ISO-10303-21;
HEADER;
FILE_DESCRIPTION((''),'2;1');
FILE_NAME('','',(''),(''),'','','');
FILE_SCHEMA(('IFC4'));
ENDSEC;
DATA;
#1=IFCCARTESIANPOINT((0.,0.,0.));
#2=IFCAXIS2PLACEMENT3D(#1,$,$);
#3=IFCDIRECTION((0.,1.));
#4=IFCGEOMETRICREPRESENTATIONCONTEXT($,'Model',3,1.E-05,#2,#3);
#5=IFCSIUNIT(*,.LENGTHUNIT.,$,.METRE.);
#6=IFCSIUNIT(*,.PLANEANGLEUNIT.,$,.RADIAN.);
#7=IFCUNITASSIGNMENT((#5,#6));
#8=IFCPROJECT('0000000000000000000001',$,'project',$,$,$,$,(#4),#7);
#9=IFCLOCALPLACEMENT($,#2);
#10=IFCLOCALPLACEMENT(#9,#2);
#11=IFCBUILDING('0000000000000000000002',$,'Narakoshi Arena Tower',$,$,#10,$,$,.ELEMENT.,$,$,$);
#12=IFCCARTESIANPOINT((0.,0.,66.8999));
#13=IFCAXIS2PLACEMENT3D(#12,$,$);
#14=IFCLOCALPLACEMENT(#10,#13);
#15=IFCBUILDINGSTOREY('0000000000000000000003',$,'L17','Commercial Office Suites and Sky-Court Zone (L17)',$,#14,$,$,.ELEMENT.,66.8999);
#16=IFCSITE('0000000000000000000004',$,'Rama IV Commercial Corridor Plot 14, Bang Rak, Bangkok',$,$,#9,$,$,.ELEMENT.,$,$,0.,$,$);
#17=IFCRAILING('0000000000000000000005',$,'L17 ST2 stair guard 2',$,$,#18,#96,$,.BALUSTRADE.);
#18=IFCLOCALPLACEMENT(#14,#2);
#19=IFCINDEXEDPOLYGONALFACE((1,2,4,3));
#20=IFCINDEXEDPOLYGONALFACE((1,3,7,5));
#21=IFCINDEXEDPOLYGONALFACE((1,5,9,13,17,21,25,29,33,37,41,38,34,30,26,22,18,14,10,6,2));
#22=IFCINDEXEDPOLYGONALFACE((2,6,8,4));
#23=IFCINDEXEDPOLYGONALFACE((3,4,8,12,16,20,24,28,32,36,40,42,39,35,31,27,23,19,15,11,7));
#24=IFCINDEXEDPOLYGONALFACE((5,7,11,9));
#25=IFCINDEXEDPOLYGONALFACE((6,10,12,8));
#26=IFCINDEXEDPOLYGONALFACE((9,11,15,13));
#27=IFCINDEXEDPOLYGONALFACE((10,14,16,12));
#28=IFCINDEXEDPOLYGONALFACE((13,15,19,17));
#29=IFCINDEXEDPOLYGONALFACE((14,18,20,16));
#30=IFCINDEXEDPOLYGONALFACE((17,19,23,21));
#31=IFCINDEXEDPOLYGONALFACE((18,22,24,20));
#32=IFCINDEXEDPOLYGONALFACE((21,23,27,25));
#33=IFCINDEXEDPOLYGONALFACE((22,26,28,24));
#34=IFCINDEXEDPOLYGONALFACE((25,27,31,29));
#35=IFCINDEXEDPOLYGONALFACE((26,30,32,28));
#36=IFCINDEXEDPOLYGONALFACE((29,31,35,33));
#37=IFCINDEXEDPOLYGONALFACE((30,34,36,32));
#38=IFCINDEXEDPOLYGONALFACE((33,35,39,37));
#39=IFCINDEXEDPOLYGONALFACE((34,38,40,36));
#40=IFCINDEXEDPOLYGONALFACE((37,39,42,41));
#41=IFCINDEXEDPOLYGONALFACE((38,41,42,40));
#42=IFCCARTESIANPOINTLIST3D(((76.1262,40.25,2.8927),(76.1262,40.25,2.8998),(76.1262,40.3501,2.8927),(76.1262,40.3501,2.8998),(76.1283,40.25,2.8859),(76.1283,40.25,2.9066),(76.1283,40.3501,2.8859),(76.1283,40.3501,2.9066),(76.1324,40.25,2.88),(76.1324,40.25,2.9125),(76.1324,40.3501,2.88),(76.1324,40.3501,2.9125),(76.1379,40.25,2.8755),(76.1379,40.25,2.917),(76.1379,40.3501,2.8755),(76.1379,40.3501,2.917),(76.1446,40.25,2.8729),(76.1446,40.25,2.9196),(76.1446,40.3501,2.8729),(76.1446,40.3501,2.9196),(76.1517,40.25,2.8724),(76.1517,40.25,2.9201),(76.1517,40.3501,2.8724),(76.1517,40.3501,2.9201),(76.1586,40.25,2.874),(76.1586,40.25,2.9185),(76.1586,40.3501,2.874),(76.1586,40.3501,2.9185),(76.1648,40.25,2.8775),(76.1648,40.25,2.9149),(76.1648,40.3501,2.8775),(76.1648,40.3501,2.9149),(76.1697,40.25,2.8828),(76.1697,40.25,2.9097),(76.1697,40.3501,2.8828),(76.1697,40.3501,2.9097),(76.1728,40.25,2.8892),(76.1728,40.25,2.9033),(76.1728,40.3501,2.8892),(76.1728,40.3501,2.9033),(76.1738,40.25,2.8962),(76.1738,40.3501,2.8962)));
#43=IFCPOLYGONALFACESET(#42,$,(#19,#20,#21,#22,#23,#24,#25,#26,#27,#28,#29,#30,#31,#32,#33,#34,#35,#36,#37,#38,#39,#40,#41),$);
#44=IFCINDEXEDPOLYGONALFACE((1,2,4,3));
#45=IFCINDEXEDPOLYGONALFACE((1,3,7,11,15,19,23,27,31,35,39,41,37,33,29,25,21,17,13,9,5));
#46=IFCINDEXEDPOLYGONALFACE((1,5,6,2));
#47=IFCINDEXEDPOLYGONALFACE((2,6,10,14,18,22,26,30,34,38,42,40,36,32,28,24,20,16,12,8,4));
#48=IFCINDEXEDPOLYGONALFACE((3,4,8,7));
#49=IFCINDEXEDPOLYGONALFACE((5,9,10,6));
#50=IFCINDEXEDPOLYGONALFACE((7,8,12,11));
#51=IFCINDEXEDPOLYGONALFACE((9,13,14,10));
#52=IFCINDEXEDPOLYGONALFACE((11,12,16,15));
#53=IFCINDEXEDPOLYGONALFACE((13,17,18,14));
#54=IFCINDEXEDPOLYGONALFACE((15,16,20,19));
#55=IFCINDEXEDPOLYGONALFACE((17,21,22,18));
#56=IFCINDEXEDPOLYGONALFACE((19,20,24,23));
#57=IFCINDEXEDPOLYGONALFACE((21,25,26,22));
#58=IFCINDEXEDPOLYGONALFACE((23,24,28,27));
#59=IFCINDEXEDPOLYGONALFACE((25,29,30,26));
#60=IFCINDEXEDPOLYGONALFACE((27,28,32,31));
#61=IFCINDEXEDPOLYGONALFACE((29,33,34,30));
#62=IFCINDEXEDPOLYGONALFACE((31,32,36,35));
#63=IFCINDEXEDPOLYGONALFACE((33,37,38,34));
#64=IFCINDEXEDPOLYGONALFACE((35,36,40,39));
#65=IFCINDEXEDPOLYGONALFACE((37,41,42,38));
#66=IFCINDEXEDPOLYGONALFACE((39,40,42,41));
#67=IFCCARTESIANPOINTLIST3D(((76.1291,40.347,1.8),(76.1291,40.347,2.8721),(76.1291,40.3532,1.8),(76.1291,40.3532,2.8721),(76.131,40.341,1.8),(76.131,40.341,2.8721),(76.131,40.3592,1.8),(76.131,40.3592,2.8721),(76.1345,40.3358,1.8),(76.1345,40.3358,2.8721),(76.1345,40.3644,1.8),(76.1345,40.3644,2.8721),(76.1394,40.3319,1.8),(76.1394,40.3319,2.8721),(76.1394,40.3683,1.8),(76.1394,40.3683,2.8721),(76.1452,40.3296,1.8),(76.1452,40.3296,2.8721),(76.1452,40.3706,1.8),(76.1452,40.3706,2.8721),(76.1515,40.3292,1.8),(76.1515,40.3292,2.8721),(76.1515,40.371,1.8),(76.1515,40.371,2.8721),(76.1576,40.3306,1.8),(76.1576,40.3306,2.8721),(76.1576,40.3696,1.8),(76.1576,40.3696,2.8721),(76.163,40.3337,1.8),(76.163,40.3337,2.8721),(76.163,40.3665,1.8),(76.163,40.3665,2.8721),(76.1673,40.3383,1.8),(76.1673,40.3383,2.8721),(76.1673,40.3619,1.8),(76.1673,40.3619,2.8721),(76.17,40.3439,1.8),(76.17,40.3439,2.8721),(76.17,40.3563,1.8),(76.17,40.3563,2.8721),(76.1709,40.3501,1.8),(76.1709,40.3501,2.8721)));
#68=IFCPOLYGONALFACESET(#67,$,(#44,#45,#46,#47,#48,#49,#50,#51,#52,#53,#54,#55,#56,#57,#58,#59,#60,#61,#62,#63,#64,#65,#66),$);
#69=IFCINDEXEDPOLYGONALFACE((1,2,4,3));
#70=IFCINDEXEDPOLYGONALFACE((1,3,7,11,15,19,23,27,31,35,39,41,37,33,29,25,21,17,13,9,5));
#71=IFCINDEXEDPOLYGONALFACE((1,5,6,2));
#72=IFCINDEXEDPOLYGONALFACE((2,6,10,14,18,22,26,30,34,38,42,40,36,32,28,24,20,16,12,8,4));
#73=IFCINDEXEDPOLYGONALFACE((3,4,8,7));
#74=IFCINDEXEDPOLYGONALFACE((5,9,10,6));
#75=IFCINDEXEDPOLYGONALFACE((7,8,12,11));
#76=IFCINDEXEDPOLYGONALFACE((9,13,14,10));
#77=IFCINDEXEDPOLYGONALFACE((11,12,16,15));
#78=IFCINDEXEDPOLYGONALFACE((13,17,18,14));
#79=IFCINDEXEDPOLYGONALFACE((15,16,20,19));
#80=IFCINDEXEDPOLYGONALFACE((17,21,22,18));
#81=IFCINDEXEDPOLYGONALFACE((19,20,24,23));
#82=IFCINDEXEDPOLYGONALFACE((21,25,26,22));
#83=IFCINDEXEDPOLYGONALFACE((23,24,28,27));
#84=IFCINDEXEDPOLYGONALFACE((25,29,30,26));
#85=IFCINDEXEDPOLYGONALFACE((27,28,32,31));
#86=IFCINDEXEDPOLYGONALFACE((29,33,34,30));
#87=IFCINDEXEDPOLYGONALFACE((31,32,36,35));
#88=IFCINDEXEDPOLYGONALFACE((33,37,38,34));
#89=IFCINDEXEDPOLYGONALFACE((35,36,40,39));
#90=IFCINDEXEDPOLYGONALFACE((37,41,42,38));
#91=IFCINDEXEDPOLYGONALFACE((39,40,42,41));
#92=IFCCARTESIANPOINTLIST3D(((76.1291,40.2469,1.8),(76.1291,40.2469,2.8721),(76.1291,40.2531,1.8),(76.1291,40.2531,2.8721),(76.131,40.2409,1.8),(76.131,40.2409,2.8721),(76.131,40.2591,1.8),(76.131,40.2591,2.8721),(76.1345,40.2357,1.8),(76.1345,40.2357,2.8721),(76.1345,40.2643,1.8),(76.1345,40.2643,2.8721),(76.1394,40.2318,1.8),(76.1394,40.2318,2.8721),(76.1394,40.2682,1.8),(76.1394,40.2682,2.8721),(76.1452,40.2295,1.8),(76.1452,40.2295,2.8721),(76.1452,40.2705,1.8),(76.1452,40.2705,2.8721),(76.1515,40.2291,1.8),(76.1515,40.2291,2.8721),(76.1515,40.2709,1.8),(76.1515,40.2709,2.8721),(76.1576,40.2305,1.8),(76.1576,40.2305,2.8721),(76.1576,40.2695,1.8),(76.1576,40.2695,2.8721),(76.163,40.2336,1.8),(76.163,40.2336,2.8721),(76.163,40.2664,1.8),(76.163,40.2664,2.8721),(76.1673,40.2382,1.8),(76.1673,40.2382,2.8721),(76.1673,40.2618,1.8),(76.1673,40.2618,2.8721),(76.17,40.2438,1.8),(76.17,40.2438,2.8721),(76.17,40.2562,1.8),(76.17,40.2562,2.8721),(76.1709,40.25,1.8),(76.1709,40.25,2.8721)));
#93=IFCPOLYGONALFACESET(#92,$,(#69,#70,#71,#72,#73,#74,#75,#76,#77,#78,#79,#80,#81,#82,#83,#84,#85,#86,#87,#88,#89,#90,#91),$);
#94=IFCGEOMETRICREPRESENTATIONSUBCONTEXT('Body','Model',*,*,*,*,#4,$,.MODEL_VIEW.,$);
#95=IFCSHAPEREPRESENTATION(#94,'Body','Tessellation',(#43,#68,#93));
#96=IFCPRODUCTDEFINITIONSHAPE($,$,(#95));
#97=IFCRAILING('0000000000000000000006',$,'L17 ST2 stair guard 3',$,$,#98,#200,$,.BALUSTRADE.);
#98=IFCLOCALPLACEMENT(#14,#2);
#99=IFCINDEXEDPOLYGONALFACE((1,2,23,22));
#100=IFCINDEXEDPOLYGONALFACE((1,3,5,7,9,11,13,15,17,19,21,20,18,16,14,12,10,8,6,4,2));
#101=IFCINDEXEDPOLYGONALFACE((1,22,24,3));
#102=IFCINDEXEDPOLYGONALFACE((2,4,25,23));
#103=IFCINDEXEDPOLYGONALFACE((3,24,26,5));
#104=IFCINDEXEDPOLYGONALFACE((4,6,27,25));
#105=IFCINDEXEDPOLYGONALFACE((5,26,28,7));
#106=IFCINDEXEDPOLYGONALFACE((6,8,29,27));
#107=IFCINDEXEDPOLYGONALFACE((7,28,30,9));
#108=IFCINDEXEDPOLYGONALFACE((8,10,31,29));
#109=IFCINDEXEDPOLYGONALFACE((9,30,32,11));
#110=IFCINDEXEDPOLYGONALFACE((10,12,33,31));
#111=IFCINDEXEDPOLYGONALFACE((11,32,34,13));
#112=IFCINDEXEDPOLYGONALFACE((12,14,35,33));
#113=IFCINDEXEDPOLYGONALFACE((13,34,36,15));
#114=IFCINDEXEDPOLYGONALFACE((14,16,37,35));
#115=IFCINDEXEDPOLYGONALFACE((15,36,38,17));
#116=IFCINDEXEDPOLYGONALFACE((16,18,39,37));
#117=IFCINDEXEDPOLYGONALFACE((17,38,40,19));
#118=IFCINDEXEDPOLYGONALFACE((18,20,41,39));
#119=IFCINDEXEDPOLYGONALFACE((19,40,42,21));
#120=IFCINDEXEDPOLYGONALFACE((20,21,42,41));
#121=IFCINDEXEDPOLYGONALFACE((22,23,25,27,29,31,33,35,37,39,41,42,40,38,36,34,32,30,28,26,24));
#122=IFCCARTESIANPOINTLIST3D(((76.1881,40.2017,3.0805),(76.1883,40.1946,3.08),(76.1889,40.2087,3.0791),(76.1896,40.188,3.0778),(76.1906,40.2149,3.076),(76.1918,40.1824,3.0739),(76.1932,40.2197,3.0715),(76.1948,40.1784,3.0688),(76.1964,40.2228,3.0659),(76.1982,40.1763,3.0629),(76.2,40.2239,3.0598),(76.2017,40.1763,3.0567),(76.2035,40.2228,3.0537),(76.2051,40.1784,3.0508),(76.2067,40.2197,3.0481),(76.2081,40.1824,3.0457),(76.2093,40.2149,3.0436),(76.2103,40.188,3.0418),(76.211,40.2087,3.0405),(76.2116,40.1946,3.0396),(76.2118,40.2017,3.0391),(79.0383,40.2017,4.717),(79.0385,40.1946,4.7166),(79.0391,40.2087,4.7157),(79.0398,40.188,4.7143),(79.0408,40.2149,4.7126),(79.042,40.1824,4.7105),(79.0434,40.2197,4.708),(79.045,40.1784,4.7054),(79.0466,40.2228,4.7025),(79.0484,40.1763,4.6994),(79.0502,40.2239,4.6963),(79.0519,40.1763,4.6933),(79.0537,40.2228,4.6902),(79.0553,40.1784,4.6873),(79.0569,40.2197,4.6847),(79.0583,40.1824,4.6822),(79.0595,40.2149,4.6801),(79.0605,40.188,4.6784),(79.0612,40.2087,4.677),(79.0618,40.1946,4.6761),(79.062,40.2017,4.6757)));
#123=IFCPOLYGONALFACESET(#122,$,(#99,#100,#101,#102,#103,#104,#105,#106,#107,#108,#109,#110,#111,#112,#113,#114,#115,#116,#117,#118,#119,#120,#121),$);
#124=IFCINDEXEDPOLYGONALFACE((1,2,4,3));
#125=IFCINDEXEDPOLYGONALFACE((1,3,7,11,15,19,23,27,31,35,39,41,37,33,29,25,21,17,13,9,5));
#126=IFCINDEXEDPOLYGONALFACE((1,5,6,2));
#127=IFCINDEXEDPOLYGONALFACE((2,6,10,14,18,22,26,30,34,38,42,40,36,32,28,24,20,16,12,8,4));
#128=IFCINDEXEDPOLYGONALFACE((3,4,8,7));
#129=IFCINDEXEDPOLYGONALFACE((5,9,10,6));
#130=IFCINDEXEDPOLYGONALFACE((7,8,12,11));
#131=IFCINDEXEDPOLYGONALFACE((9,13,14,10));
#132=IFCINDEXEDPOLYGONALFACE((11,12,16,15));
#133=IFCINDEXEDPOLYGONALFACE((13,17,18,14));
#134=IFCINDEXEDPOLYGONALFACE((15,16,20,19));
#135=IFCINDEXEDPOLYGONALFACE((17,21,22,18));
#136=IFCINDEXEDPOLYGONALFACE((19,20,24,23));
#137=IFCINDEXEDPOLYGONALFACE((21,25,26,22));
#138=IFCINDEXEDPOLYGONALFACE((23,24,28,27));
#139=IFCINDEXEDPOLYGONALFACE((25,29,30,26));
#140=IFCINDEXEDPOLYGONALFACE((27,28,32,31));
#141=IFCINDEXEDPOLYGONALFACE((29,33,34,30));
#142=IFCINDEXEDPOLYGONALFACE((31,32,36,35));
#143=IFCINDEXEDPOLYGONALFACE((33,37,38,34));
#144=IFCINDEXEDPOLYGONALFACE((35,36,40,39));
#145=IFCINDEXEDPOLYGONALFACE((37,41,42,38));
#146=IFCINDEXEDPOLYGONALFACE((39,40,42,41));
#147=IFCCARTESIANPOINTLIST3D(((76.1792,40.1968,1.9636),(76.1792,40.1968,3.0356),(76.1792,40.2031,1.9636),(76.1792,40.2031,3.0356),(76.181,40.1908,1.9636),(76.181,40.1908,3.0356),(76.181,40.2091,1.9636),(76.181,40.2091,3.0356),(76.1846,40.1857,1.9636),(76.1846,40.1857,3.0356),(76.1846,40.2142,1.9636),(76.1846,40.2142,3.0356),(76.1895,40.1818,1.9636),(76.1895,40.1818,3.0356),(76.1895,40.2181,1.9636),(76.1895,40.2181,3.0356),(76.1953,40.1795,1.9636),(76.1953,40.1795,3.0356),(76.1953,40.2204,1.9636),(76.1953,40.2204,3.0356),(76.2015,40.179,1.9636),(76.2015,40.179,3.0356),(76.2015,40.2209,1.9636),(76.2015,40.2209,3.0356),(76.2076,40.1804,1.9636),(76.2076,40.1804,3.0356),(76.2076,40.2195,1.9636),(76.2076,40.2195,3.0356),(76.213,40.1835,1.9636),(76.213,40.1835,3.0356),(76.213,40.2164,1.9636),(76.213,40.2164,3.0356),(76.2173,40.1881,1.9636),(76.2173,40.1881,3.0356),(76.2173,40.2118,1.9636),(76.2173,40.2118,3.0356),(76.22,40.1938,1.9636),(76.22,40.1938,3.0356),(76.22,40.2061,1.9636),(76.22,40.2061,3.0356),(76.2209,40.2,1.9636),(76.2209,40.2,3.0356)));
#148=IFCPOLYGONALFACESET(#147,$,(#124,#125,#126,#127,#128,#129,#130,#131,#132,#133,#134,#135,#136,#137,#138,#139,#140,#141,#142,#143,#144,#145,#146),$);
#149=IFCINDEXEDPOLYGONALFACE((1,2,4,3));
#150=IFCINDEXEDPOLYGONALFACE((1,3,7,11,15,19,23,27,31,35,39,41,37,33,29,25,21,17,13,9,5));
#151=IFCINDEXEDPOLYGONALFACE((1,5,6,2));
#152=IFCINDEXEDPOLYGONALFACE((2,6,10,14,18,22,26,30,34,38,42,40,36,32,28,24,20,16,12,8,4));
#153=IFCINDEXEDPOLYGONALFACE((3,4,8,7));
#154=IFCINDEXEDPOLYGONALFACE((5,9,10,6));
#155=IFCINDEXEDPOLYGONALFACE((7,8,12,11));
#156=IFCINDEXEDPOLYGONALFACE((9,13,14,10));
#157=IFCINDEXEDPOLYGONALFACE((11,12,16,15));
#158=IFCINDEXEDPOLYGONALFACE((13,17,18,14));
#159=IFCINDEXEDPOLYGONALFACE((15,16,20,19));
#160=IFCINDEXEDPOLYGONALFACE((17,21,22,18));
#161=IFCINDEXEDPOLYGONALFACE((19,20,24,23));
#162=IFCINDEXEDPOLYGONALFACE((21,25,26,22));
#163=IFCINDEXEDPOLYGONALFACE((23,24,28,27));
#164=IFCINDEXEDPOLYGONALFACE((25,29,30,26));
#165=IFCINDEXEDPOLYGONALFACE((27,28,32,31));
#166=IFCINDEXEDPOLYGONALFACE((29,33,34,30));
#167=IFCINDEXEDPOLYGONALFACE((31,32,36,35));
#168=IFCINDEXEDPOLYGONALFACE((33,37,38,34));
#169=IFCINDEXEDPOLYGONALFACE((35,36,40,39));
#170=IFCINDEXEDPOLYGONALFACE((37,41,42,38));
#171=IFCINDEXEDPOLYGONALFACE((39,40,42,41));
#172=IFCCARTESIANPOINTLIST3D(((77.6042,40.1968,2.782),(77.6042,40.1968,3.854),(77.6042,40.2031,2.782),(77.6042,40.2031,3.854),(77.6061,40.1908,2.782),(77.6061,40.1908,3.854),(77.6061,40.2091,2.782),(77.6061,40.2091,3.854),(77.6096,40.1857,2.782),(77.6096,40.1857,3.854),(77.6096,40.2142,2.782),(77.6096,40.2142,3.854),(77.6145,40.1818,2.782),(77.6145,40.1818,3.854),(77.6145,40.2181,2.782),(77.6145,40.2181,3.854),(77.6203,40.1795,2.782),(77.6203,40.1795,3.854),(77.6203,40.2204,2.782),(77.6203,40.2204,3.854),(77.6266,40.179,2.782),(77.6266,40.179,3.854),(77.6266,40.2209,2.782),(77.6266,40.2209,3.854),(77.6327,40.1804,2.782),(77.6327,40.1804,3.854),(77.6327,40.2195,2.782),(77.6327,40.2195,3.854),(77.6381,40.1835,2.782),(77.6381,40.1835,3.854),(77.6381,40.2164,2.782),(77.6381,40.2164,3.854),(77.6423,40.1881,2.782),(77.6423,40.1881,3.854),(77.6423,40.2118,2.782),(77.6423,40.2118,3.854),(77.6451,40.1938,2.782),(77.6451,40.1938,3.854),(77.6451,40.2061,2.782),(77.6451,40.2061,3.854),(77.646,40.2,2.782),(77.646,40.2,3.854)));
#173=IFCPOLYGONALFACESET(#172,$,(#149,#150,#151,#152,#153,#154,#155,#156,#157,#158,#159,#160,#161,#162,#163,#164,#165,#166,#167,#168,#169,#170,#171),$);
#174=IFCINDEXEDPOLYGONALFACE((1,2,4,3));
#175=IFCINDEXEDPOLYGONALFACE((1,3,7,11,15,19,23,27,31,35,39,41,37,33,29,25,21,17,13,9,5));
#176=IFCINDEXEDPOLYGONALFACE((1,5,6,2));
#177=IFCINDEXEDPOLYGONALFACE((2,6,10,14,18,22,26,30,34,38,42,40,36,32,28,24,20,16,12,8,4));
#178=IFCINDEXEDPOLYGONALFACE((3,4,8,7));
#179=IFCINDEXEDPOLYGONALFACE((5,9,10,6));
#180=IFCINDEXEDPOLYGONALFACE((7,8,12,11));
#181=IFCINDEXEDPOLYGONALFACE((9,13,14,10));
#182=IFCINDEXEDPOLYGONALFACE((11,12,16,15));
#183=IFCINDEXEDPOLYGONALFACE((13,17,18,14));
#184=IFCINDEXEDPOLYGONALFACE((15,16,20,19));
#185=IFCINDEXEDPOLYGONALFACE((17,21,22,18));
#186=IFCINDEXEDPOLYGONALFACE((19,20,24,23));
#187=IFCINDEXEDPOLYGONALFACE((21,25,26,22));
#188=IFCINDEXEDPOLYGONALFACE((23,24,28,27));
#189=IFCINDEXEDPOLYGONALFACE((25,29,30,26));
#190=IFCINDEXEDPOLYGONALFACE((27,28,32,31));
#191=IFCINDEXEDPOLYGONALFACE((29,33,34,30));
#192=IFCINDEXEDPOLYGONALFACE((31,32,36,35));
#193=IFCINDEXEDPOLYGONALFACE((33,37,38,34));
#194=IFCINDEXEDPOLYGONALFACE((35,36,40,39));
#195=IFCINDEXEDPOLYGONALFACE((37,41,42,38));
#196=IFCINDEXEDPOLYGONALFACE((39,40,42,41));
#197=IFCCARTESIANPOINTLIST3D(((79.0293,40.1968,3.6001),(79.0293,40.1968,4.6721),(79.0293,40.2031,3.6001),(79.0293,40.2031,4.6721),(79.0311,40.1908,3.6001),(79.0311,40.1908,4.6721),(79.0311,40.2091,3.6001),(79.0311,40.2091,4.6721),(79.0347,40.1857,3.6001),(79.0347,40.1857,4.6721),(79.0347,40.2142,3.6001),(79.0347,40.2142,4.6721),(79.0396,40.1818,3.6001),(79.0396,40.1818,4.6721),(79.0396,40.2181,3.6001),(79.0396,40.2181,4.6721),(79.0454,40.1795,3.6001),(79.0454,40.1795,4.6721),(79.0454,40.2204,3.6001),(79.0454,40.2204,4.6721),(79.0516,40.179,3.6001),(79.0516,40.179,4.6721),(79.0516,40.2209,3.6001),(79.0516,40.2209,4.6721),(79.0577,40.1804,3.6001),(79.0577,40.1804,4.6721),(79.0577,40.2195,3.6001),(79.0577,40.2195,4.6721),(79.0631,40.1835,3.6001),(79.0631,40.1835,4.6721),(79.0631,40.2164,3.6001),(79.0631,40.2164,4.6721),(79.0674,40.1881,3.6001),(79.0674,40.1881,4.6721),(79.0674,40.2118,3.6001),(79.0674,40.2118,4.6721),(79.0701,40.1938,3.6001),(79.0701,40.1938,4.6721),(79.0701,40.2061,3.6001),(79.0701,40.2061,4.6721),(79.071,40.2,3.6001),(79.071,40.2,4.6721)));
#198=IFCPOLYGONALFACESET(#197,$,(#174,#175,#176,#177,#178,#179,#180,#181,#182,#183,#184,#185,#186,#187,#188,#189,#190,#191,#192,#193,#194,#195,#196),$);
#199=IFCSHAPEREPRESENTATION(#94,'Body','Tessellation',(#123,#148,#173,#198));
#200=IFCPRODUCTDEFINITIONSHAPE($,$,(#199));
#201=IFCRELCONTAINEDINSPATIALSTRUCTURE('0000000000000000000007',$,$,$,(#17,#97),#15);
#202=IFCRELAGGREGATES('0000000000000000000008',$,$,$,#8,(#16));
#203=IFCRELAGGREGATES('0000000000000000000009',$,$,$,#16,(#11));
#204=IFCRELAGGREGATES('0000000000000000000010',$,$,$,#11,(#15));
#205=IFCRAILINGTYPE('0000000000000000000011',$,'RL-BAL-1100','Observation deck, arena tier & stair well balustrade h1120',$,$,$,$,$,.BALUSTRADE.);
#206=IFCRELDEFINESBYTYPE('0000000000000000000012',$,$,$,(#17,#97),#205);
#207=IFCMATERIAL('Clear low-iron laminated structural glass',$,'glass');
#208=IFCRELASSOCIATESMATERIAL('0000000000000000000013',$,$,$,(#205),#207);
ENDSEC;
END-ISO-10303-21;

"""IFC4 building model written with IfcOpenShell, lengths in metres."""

from ifc_helpers import new_model, si_unit, direction, frame, origin, origin_2d, place, context, subcontext, project, spatial, circle, extrude, material, type_object, element, save


model = new_model("IFC4")

# Units and contexts
model_context = context("Model", 3, precision=1e-05, world=origin(), true_north=direction((0.0, 1.0)))
body_context = subcontext(model_context, "Body", "Model", "MODEL_VIEW")
ifc_project = project(units=[si_unit("LENGTHUNIT", "METRE"), si_unit("PLANEANGLEUNIT", "RADIAN")], contexts=[model_context])

# Site, building, storey
site_placement = place(None, origin())
site = spatial("IfcSite", under=ifc_project, at=site_placement, Name="Rama IV Commercial Corridor Plot 14, Bang Rak, Bangkok", CompositionType="ELEMENT", RefElevation=0.0)
building_placement = place(site_placement, origin())
building = spatial("IfcBuilding", under=site, at=building_placement, Name="Narakoshi Arena Tower", CompositionType="ELEMENT")
storey_placement = place(building_placement, frame((0.0, 0.0, 66.8999)))
storey = spatial("IfcBuildingStorey", under=building, at=storey_placement, Name="L17", Description="Commercial Office Suites and Sky-Court Zone (L17)", CompositionType="ELEMENT", Elevation=66.8999)

# Railings
ifc_material_1 = material(Name="Clear low-iron laminated structural glass", Category="glass")
railing_type_1 = type_object("IfcRailingType", Name="RL-BAL-1100", Description="Observation deck, arena tier & stair well balustrade h1120", PredefinedType="BALUSTRADE", material=ifc_material_1)
railing_1_placement = place(storey_placement, frame((76.1499, 40.3501, 1.8)))
element("IfcRailing", 1, at=railing_1_placement, inside=storey, type_object=railing_type_1, Name="L17 ST2 stair guard 2", PredefinedType="BALUSTRADE", context=body_context, shape_type="SweptSolid", body=[
    extrude(circle(Radius=0.0239, at=origin_2d()), frame((0.0, 0.0, 1.0962), z_axis=(0.0, -1.0, 0.0), x_axis=(1.0, 0.0, 0.0)), (0.0, 0.0, 1.0), 0.1001),
    extrude(circle(Radius=0.021, at=origin_2d()), origin(), (0.0, 0.0, 1.0), 1.072),
    extrude(circle(Radius=0.021, at=origin_2d()), frame((0.0, -0.1001, 0.0)), (0.0, 0.0, 1.0), 1.072),
])
railing_2_placement = place(storey_placement, frame((76.2, 40.2, 1.9636)))
element("IfcRailing", 2, at=railing_2_placement, inside=storey, type_object=railing_type_1, Name="L17 ST2 stair guard 3", PredefinedType="BALUSTRADE", context=body_context, shape_type="SweptSolid", body=[
    extrude(circle(Radius=0.0239, at=origin_2d()), frame((0.0, 0.0, 1.0962), z_axis=(0.867213, 0.0, 0.497938), x_axis=(0.0, 1.0, 0.0)), (0.0, 0.0, 1.0), 3.2866),
    extrude(circle(Radius=0.021, at=origin_2d()), origin(), (0.0, 0.0, 1.0), 1.072),
    extrude(circle(Radius=0.021, at=origin_2d()), frame((1.425, 0.0, 0.8184)), (0.0, 0.0, 1.0), 1.072),
    extrude(circle(Radius=0.021, at=origin_2d()), frame((2.8501, 0.0, 1.6365)), (0.0, 0.0, 1.0), 1.072),
])

save(model, "model.ifc")
